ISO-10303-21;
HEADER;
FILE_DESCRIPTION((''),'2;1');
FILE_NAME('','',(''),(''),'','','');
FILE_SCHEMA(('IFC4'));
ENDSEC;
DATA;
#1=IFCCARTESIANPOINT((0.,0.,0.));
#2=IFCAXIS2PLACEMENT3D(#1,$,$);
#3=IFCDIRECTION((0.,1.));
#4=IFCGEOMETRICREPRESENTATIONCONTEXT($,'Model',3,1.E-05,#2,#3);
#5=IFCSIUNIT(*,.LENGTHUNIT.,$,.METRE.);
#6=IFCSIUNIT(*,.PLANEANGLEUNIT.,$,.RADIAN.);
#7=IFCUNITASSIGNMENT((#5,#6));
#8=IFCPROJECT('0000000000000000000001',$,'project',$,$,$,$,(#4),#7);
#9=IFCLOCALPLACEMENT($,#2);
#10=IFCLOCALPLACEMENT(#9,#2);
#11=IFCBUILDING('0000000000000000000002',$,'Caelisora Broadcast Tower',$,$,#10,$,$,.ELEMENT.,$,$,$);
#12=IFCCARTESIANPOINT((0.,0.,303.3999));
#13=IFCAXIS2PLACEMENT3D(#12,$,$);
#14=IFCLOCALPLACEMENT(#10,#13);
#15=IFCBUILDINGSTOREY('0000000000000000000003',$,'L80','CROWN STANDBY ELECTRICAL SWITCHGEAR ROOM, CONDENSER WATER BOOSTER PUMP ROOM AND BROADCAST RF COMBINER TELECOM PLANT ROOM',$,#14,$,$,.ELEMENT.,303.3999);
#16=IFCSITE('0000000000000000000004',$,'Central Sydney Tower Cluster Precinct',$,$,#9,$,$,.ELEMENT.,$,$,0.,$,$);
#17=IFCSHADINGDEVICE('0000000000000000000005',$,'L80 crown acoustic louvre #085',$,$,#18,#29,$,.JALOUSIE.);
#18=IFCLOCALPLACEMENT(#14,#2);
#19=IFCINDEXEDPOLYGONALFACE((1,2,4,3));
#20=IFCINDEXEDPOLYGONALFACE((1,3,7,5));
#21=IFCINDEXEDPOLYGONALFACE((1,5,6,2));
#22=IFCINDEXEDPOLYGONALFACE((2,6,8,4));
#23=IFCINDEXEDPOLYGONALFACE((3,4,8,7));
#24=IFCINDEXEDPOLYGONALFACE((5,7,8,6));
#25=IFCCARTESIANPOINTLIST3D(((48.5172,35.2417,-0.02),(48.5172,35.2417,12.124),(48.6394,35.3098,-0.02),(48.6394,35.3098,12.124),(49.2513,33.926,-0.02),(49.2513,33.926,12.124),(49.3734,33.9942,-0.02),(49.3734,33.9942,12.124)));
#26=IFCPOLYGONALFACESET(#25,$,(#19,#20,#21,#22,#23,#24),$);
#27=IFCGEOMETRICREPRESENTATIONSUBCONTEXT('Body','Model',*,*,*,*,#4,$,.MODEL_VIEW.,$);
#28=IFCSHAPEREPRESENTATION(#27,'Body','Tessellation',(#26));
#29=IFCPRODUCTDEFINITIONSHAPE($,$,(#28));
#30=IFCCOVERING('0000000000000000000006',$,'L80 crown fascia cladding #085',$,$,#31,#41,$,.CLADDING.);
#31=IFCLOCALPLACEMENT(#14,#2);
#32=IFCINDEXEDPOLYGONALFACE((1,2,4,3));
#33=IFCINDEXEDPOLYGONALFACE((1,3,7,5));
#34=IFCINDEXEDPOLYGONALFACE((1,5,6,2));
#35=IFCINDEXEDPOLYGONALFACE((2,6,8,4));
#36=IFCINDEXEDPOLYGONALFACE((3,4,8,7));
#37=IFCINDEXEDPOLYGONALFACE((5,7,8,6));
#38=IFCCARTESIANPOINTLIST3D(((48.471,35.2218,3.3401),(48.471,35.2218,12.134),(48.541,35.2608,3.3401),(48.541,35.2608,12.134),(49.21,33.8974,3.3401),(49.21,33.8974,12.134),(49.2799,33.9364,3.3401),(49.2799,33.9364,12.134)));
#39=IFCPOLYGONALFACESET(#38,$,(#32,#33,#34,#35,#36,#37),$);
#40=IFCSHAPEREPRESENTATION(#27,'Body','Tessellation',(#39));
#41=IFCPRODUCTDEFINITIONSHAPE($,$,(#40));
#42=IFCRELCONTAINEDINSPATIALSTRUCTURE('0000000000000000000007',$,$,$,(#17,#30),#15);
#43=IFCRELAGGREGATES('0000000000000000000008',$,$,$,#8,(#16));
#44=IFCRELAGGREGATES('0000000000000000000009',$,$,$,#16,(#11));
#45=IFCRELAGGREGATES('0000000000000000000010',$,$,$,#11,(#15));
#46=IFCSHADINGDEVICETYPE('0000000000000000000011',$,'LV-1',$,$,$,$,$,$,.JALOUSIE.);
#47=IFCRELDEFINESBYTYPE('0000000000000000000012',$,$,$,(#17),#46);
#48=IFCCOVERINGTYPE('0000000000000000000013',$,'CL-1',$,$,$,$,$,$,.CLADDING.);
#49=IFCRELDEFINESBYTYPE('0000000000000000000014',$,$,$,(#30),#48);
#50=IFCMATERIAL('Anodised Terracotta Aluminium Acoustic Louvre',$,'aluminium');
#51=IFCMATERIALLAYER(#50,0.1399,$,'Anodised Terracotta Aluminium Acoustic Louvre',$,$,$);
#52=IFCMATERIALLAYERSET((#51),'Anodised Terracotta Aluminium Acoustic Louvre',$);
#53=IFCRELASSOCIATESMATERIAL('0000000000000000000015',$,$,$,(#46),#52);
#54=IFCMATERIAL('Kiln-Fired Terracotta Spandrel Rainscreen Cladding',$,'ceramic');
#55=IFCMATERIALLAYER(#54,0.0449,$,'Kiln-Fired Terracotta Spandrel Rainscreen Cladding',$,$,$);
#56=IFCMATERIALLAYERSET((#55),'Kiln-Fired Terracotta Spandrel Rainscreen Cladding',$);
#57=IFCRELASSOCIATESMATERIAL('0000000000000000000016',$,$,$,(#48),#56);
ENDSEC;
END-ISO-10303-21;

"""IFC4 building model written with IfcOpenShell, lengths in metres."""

from ifc_helpers import new_model, si_unit, direction, frame, origin, origin_2d, place, context, subcontext, project, spatial, rectangle, extrude, source, transform, mapped, material, layer, layer_set, type_object, element, save


model = new_model("IFC4")

# Units and contexts
model_context = context("Model", 3, precision=1e-05, world=origin(), true_north=direction((0.0, 1.0)))
body_context = subcontext(model_context, "Body", "Model", "MODEL_VIEW")
ifc_project = project(units=[si_unit("LENGTHUNIT", "METRE"), si_unit("PLANEANGLEUNIT", "RADIAN")], contexts=[model_context])

# Site, building, storey
site_placement = place(None, origin())
site = spatial("IfcSite", under=ifc_project, at=site_placement, Name="Central Sydney Tower Cluster Precinct", CompositionType="ELEMENT", RefElevation=0.0)
building_placement = place(site_placement, origin())
building = spatial("IfcBuilding", under=site, at=building_placement, Name="Caelisora Broadcast Tower", CompositionType="ELEMENT")
storey_placement = place(building_placement, frame((0.0, 0.0, 303.3999)))
storey = spatial("IfcBuildingStorey", under=building, at=storey_placement, Name="L80", Description="CROWN STANDBY ELECTRICAL SWITCHGEAR ROOM, CONDENSER WATER BOOSTER PUMP ROOM AND BROADCAST RF COMBINER TELECOM PLANT ROOM", CompositionType="ELEMENT", Elevation=303.3999)

# Shared definitions
ifc_material_1 = material(Name="Anodised Terracotta Aluminium Acoustic Louvre", Category="aluminium")
ifc_layer_1 = layer(ifc_material_1, 0.1399, Name="Anodised Terracotta Aluminium Acoustic Louvre")
ifc_layer_set_1 = layer_set([ifc_layer_1], Name="Anodised Terracotta Aluminium Acoustic Louvre")
shading_device_type = type_object("IfcShadingDeviceType", Name="LV-1", PredefinedType="JALOUSIE", material=ifc_layer_set_1)

# Shared definitions
ifc_material_2 = material(Name="Kiln-Fired Terracotta Spandrel Rainscreen Cladding", Category="ceramic")
ifc_layer_2 = layer(ifc_material_2, 0.0449, Name="Kiln-Fired Terracotta Spandrel Rainscreen Cladding")
ifc_layer_set_2 = layer_set([ifc_layer_2], Name="Kiln-Fired Terracotta Spandrel Rainscreen Cladding")
covering_type = type_object("IfcCoveringType", Name="CL-1", PredefinedType="CLADDING", material=ifc_layer_set_2)

# Shading device
shared_shape_1 = source(origin(), body_context, "Body", "SweptSolid", [
    extrude(rectangle(XDim=1.5066, YDim=0.1399, at=origin_2d()), origin(), (0.0, 0.0, 1.0), 12.144),
])
shading_device_1_placement = place(storey_placement, frame((48.9453, 34.6179, -0.02), z_axis=(0.0, 0.0, 1.0), x_axis=(-0.48725, 0.873262, 0.0)))
element("IfcShadingDevice", 1, at=shading_device_1_placement, inside=storey, type_object=shading_device_type, Name="L80 crown acoustic louvre #085", PredefinedType="JALOUSIE", context=body_context, shape_type="MappedRepresentation", body=[
    mapped(shared_shape_1, transform((0.0, 0.0, 0.0), scale=1.0)),
])

# Covering
shared_shape_2 = source(origin(), body_context, "Body", "SweptSolid", [
    extrude(rectangle(XDim=1.5166, YDim=0.0801, at=origin_2d()), origin(), (0.0, 0.0, 1.0), 8.7939),
])
covering_1_placement = place(storey_placement, frame((48.8755, 34.5791, 3.3401), z_axis=(0.0, 0.0, 1.0), x_axis=(-0.48725, 0.873262, 0.0)))
element("IfcCovering", 2, at=covering_1_placement, inside=storey, type_object=covering_type, Name="L80 crown fascia cladding #085", PredefinedType="CLADDING", context=body_context, shape_type="MappedRepresentation", body=[
    mapped(shared_shape_2, transform((0.0, 0.0, 0.0), scale=1.0)),
])

save(model, "model.ifc")
